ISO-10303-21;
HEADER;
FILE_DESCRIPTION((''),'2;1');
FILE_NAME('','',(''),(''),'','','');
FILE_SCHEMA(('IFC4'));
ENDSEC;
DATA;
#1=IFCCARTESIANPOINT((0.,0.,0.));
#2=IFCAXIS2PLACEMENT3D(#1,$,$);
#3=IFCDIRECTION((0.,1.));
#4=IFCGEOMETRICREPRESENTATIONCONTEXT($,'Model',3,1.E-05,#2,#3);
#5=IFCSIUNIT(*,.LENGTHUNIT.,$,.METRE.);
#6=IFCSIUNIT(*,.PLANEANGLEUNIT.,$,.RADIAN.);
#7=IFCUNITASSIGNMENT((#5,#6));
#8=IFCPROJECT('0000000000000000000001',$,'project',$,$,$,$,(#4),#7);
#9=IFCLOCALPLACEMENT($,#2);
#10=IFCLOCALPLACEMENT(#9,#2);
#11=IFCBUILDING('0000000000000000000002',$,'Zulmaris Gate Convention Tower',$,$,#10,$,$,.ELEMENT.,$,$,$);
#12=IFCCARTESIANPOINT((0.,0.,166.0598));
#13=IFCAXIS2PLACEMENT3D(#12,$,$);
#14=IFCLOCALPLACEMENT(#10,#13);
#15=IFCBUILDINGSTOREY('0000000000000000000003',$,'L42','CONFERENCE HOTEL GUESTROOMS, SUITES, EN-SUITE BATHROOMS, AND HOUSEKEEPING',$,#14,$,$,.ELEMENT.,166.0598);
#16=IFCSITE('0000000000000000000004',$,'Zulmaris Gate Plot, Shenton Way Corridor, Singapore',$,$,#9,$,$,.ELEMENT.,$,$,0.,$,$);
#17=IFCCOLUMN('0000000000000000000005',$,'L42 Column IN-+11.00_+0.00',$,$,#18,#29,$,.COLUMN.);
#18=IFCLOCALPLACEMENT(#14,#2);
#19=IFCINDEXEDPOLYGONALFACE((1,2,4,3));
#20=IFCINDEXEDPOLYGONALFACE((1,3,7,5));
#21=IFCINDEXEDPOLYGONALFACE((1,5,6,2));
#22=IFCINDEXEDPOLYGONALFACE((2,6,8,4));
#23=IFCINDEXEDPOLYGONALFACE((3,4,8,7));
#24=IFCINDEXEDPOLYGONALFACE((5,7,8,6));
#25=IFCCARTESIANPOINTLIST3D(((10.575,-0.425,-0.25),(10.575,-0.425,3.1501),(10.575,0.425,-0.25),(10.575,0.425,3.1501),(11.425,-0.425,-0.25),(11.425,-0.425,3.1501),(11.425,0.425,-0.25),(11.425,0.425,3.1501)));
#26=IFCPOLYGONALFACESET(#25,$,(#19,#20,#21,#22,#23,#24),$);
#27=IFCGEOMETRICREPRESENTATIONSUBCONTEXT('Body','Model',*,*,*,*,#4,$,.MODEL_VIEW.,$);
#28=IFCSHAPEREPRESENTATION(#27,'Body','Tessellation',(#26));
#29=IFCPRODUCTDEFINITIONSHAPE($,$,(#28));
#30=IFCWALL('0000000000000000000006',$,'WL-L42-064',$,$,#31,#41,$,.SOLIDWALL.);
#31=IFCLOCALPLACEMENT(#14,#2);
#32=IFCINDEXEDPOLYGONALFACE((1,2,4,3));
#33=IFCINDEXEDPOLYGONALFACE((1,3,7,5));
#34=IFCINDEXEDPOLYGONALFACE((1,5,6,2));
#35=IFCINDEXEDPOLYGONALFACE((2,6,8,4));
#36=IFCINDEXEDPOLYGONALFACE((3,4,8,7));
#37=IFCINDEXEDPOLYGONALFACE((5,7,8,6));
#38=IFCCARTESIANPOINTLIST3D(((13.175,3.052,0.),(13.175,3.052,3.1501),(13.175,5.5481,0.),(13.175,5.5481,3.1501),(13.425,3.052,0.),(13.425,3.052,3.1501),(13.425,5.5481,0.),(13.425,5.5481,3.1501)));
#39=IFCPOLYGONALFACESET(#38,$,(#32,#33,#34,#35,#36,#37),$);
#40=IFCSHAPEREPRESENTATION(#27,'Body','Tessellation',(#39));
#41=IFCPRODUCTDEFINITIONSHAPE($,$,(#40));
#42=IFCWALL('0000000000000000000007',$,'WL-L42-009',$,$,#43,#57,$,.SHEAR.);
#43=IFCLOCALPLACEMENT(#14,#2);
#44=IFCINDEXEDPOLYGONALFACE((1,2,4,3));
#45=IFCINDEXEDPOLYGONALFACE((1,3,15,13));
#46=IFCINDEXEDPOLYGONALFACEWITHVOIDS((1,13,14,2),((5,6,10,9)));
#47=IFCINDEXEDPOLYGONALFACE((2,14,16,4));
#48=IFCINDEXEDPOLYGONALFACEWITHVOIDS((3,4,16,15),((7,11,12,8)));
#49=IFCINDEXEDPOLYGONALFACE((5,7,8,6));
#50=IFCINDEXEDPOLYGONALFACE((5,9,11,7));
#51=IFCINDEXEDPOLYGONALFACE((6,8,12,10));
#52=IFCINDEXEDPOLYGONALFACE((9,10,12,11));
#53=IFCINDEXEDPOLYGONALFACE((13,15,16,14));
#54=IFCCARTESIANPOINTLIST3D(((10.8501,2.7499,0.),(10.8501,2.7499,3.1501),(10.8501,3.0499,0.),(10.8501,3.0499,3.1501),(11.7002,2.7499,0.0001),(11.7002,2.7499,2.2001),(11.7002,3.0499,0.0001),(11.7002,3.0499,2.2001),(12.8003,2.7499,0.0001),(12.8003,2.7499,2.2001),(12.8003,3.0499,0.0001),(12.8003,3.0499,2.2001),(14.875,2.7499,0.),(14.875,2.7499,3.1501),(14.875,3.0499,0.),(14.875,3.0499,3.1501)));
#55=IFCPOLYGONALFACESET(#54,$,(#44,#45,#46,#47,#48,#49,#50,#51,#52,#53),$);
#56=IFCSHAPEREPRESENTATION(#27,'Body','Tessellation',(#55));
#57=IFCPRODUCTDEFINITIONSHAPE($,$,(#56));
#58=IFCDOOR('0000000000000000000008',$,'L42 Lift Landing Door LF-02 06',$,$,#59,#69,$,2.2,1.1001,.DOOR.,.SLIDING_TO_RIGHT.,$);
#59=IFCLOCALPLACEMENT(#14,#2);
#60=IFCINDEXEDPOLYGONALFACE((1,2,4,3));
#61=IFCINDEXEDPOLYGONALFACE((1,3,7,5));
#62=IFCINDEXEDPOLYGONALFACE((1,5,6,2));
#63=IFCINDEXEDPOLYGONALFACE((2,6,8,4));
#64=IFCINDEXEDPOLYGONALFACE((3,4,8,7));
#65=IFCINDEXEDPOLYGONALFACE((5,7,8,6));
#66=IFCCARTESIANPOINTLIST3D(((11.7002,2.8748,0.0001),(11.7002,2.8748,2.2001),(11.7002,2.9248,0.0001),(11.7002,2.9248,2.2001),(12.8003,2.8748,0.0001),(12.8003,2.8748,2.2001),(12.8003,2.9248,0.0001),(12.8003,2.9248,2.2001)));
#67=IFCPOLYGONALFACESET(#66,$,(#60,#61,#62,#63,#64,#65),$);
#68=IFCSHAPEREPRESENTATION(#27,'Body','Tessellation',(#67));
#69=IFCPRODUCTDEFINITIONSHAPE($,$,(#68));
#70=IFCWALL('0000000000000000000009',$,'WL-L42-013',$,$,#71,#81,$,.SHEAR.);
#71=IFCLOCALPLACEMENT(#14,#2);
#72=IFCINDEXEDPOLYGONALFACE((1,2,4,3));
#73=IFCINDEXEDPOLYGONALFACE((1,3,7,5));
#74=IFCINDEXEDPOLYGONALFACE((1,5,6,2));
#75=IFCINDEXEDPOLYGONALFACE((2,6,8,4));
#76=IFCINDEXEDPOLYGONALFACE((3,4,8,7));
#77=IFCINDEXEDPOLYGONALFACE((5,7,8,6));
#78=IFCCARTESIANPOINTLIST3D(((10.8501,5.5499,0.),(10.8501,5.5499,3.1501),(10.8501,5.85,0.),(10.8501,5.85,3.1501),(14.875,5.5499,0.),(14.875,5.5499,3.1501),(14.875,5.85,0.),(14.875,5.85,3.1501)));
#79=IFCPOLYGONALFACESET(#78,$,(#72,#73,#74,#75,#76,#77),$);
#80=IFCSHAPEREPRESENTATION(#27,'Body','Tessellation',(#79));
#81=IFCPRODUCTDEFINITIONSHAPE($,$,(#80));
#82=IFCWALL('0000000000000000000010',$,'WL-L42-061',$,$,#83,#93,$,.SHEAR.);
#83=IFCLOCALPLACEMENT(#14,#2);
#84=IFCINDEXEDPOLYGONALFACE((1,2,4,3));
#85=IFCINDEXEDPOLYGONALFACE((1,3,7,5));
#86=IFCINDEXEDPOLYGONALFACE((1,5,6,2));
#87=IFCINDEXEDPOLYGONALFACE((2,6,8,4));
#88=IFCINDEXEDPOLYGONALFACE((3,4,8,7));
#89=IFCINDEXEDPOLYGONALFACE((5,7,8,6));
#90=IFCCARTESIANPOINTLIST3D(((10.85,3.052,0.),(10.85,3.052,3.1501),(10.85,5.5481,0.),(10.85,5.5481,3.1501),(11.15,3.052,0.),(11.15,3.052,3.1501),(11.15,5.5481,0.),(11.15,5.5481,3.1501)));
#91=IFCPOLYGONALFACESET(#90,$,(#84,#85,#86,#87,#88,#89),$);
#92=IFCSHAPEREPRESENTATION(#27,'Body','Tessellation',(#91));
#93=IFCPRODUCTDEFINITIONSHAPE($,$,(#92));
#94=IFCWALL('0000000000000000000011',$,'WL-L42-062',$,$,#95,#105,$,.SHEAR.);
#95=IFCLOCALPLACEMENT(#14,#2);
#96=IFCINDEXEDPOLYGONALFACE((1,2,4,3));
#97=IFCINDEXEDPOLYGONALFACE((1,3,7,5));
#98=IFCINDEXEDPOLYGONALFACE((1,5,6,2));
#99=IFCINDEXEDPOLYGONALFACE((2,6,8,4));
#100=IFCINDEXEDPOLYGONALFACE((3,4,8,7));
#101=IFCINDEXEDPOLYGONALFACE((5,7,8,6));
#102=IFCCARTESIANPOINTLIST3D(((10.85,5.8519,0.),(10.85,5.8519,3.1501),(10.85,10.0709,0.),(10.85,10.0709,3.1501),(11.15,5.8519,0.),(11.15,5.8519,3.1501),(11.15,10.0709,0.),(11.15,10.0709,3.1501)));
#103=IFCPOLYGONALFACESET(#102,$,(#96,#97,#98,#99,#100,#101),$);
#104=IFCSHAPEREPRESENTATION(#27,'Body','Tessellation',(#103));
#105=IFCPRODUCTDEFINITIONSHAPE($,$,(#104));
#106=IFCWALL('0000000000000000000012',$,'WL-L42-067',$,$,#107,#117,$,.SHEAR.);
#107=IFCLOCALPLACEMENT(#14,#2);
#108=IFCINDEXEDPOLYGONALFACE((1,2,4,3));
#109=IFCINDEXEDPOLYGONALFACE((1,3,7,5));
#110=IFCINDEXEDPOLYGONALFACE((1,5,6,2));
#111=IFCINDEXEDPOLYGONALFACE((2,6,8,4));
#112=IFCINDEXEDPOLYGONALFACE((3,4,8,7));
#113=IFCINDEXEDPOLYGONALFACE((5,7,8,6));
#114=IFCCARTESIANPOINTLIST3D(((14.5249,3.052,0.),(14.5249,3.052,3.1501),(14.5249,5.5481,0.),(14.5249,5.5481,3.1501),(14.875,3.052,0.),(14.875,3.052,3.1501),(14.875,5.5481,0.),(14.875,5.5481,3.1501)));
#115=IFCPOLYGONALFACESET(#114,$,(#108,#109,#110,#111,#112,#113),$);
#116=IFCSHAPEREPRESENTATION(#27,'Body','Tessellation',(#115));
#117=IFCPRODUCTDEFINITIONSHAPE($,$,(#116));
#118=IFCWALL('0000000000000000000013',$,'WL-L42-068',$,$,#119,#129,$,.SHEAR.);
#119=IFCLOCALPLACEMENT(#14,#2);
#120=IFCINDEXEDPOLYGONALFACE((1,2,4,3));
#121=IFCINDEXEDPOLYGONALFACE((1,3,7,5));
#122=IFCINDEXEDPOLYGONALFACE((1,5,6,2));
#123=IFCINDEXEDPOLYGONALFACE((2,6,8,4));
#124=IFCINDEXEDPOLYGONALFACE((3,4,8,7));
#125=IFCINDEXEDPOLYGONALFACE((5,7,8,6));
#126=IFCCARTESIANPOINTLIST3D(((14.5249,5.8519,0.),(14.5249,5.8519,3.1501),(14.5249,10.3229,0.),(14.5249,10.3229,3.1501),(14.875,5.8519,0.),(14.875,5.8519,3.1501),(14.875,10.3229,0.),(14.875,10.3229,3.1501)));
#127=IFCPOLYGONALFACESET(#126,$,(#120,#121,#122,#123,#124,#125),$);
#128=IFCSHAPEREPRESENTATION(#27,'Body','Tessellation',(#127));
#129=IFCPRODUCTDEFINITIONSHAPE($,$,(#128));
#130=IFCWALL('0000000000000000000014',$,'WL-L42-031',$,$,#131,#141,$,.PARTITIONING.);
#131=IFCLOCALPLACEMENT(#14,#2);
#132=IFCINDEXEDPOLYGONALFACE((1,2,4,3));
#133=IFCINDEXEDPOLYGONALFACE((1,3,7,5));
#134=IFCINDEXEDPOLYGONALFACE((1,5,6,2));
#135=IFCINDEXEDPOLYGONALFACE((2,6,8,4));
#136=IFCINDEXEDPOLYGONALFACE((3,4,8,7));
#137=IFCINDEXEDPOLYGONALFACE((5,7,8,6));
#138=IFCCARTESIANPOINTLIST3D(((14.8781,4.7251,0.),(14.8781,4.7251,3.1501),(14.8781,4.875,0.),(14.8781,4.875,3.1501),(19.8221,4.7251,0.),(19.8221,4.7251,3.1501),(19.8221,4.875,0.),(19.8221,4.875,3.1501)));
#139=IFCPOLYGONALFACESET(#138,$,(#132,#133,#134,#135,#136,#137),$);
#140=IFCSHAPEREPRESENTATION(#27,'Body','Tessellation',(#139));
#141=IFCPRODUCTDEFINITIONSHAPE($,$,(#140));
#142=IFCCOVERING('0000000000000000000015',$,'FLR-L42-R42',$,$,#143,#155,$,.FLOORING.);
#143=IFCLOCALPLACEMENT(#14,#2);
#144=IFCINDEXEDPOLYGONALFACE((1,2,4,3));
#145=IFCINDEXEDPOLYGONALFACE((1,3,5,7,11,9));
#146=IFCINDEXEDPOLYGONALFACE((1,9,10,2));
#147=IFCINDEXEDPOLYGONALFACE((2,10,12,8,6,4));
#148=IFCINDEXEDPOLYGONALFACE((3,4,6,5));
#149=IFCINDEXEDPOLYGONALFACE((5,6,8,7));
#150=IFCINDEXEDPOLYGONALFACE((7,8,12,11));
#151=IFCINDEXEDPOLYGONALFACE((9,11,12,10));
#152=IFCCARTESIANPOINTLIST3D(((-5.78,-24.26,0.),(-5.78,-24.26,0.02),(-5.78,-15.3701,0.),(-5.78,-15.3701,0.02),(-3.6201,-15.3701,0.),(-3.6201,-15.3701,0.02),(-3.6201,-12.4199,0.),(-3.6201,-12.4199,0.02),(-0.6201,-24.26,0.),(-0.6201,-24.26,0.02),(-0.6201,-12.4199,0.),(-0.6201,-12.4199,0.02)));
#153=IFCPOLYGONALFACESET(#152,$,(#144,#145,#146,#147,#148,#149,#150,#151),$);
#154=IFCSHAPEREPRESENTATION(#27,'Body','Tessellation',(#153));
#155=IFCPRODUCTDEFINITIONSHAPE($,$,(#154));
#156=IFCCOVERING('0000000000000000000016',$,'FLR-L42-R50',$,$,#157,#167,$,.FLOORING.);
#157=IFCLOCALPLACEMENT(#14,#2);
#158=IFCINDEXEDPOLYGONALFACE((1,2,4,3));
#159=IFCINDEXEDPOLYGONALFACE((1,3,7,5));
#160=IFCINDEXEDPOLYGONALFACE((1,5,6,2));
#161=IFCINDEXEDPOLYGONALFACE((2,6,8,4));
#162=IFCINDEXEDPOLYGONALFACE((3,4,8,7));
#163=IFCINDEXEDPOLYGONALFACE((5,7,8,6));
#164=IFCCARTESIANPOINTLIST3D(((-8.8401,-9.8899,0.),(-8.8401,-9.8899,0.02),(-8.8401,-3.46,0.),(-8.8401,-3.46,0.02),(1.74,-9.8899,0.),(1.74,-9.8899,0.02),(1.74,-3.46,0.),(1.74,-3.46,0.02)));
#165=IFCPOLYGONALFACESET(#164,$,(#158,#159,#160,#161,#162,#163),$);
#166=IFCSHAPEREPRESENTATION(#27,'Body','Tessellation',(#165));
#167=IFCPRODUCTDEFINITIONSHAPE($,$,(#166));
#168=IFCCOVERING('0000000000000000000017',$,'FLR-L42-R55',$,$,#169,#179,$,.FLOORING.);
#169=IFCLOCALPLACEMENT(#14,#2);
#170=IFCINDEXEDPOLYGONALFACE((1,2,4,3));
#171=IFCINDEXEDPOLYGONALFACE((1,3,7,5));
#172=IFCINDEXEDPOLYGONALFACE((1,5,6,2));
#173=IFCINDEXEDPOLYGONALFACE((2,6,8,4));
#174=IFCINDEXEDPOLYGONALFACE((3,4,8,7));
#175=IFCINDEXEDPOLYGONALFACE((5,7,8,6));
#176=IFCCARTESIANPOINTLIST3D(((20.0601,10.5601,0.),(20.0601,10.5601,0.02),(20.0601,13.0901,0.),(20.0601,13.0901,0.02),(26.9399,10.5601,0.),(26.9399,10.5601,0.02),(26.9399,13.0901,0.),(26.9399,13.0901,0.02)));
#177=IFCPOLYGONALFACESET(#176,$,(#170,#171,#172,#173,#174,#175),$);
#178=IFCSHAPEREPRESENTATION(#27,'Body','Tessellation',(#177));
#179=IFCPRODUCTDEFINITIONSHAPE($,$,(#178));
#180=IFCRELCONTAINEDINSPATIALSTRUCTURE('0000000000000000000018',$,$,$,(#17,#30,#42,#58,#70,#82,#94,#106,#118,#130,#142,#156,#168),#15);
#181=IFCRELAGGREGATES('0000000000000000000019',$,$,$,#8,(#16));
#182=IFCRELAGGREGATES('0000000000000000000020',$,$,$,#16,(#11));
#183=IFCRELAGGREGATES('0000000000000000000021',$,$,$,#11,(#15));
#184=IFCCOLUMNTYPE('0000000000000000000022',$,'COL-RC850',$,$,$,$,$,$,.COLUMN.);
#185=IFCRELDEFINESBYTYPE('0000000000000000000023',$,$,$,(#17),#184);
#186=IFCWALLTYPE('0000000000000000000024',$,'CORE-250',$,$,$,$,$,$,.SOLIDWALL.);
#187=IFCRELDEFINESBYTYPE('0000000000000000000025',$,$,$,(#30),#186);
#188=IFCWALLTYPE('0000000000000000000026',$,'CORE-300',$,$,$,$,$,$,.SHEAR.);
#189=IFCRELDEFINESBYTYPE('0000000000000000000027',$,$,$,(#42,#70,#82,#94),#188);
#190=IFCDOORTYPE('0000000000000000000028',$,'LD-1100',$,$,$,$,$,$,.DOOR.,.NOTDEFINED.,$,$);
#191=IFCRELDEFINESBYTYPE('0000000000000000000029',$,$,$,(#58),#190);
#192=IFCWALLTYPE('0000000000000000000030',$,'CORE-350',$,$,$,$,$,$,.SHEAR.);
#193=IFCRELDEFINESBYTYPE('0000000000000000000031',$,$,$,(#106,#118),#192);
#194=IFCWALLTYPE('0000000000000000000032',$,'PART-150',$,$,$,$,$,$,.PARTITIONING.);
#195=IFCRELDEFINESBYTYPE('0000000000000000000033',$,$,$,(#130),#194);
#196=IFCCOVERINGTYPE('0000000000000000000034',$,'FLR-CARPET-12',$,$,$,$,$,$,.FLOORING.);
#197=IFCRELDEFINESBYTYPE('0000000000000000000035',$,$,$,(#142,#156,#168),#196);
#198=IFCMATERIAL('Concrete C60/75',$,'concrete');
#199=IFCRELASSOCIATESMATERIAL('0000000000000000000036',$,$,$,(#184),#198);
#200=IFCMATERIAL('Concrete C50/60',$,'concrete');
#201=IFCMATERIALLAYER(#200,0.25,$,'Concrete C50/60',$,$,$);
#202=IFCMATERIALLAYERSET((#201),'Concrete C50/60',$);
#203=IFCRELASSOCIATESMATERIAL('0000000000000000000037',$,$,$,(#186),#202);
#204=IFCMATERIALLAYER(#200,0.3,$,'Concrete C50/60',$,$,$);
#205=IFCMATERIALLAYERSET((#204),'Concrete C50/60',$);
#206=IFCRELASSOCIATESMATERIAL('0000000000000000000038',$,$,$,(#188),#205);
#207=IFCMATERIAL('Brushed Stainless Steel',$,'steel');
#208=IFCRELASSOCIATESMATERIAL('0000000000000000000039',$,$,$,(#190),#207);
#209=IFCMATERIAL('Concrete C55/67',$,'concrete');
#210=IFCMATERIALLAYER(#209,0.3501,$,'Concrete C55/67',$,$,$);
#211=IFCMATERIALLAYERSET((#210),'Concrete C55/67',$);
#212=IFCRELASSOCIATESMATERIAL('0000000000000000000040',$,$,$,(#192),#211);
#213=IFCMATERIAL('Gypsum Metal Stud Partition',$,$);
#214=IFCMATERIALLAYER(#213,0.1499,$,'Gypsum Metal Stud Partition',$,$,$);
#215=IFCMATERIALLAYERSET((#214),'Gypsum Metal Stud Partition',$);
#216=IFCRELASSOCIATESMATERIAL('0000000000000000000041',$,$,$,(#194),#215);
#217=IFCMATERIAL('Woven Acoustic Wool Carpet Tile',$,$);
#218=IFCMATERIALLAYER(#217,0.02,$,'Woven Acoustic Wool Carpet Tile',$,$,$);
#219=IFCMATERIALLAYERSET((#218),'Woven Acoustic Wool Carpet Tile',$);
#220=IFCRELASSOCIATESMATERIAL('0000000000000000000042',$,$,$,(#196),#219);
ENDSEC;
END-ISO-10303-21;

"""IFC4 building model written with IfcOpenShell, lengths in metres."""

from ifc_helpers import new_model, si_unit, direction, frame, frame_2d, origin, origin_2d, place, context, subcontext, project, spatial, polyline, rectangle, outline, extrude, material, layer, layer_set, material_profile, profile_set, type_object, element, fill, save


model = new_model("IFC4")

# Units and contexts
model_context = context("Model", 3, precision=1e-05, world=origin(), true_north=direction((0.0, 1.0)))
body_context = subcontext(model_context, "Body", "Model", "MODEL_VIEW")
ifc_project = project(units=[si_unit("LENGTHUNIT", "METRE"), si_unit("PLANEANGLEUNIT", "RADIAN")], contexts=[model_context])

# Site, building, storey
site_placement = place(None, origin())
site = spatial("IfcSite", under=ifc_project, at=site_placement, Name="Zulmaris Gate Plot, Shenton Way Corridor, Singapore", CompositionType="ELEMENT", RefElevation=0.0)
building_placement = place(site_placement, origin())
building = spatial("IfcBuilding", under=site, at=building_placement, Name="Zulmaris Gate Convention Tower", CompositionType="ELEMENT")
storey_placement = place(building_placement, frame((0.0, 0.0, 166.0598)))
storey = spatial("IfcBuildingStorey", under=building, at=storey_placement, Name="L42", Description="CONFERENCE HOTEL GUESTROOMS, SUITES, EN-SUITE BATHROOMS, AND HOUSEKEEPING", CompositionType="ELEMENT", Elevation=166.0598)

# Column
ifc_material_1 = material(Name="Concrete C60/75", Category="concrete")
ifc_material_profile = material_profile(ifc_material_1, rectangle(XDim=0.8501, YDim=0.8501, at=origin_2d()), Name="RC COL 850x850")
ifc_profile_set = profile_set([ifc_material_profile], Name="Concrete C60/75")
column_type = type_object("IfcColumnType", Name="COL-RC850", PredefinedType="COLUMN", material=ifc_profile_set)
column_placement = place(storey_placement, frame((11.0, 0.0, -0.25), z_axis=(0.0, 0.0, 1.0), x_axis=(1.0, 0.0, 0.0)))
element("IfcColumn", 1, at=column_placement, inside=storey, type_object=column_type, Name="L42 Column IN-+11.00_+0.00", PredefinedType="COLUMN", context=body_context, shape_type="SweptSolid", body=[
    extrude(rectangle(XDim=0.8501, YDim=0.8501, at=origin_2d()), origin(), (0.0, 0.0, 1.0), 3.4001),
])

# Wall
ifc_material_2 = material(Name="Concrete C50/60", Category="concrete")
ifc_layer_1 = layer(ifc_material_2, 0.25, Name="Concrete C50/60")
ifc_layer_set_1 = layer_set([ifc_layer_1], Name="Concrete C50/60")
wall_type_1 = type_object("IfcWallType", Name="CORE-250", PredefinedType="SOLIDWALL", material=ifc_layer_set_1)
wall_1_placement = place(storey_placement, frame((13.3, 3.052, 0.0), z_axis=(0.0, 0.0, 1.0), x_axis=(0.0, 1.0, 0.0)))
element("IfcWall", 2, at=wall_1_placement, inside=storey, type_object=wall_type_1, Name="WL-L42-064", PredefinedType="SOLIDWALL", context=body_context, shape_type="SweptSolid", body=[
    extrude(rectangle(XDim=2.4961, YDim=0.25, at=frame_2d((1.248, 0.0))), origin(), (0.0, 0.0, 1.0), 3.1501),
])

# Wall, opening, door
ifc_layer_2 = layer(ifc_material_2, 0.3, Name="Concrete C50/60")
ifc_layer_set_2 = layer_set([ifc_layer_2], Name="Concrete C50/60")
wall_type_2 = type_object("IfcWallType", Name="CORE-300", PredefinedType="SHEAR", material=ifc_layer_set_2)
wall_2_placement = place(storey_placement, frame((10.8501, 2.8999, 0.0), z_axis=(0.0, 0.0, 1.0), x_axis=(1.0, 0.0, 0.0)))
wall_2 = element("IfcWall", 3, at=wall_2_placement, inside=storey, type_object=wall_type_2, Name="WL-L42-009", PredefinedType="SHEAR", context=body_context, shape_type="SweptSolid", body=[
    extrude(rectangle(XDim=4.0249, YDim=0.3, at=frame_2d((2.0125, 0.0))), origin(), (0.0, 0.0, 1.0), 3.1501),
])
opening_1_placement = place(wall_2_placement, frame((0.8501, 0.0, 0.0)))
opening_1 = element("IfcOpeningElement", 4, at=opening_1_placement, cuts=wall_2, PredefinedType="OPENING", context=body_context, shape_type="SweptSolid", body=[
    extrude(rectangle(XDim=1.1001, YDim=2.2, at=frame_2d((0.55, 1.1001))), frame((0.0, 0.1602, 0.0), z_axis=(0.0, -1.0, 0.0), x_axis=(1.0, 0.0, 0.0)), (0.0, 0.0, 1.0), 0.3201),
])
ifc_material_3 = material(Name="Brushed Stainless Steel", Category="steel")
door_type_1 = type_object("IfcDoorType", Name="LD-1100", OperationType="NOTDEFINED", PredefinedType="DOOR", material=ifc_material_3)
door_1_placement = place(opening_1_placement, origin())
door_1 = element("IfcDoor", 5, at=door_1_placement, inside=storey, type_object=door_type_1, Name="L42 Lift Landing Door LF-02 06", OperationType="SLIDING_TO_RIGHT", OverallHeight=2.2, OverallWidth=1.1001, PredefinedType="DOOR", context=body_context, shape_type="SweptSolid", body=[
    extrude(rectangle(XDim=1.1001, YDim=2.2, at=frame_2d((0.55, 1.1001))), frame((0.0, 0.0249, 0.0), z_axis=(0.0, -1.0, 0.0), x_axis=(1.0, 0.0, 0.0)), (0.0, 0.0, 1.0), 0.05),
])
fill(opening_1, door_1)

# Wall
wall_3_placement = place(storey_placement, frame((10.8501, 5.7, 0.0), z_axis=(0.0, 0.0, 1.0), x_axis=(1.0, 0.0, 0.0)))
element("IfcWall", 6, at=wall_3_placement, inside=storey, type_object=wall_type_2, Name="WL-L42-013", PredefinedType="SHEAR", context=body_context, shape_type="SweptSolid", body=[
    extrude(rectangle(XDim=4.0249, YDim=0.3, at=frame_2d((2.0125, 0.0))), origin(), (0.0, 0.0, 1.0), 3.1501),
])

# Walls
wall_4_placement = place(storey_placement, frame((11.0, 3.052, 0.0), z_axis=(0.0, 0.0, 1.0), x_axis=(0.0, 1.0, 0.0)))
element("IfcWall", 7, at=wall_4_placement, inside=storey, type_object=wall_type_2, Name="WL-L42-061", PredefinedType="SHEAR", context=body_context, shape_type="SweptSolid", body=[
    extrude(rectangle(XDim=2.4961, YDim=0.3, at=frame_2d((1.248, 0.0))), origin(), (0.0, 0.0, 1.0), 3.1501),
])
wall_5_placement = place(storey_placement, frame((11.0, 5.8521, 0.0), z_axis=(0.0, 0.0, 1.0), x_axis=(0.0, 1.0, 0.0)))
element("IfcWall", 8, at=wall_5_placement, inside=storey, type_object=wall_type_2, Name="WL-L42-062", PredefinedType="SHEAR", context=body_context, shape_type="SweptSolid", body=[
    extrude(rectangle(XDim=4.219, YDim=0.3, at=frame_2d((2.1094, 0.0))), origin(), (0.0, 0.0, 1.0), 3.1501),
])
ifc_material_4 = material(Name="Concrete C55/67", Category="concrete")
ifc_layer_3 = layer(ifc_material_4, 0.3501, Name="Concrete C55/67")
ifc_layer_set_3 = layer_set([ifc_layer_3], Name="Concrete C55/67")
wall_type_3 = type_object("IfcWallType", Name="CORE-350", PredefinedType="SHEAR", material=ifc_layer_set_3)
wall_6_placement = place(storey_placement, frame((14.7, 3.052, 0.0), z_axis=(0.0, 0.0, 1.0), x_axis=(0.0, 1.0, 0.0)))
element("IfcWall", 9, at=wall_6_placement, inside=storey, type_object=wall_type_3, Name="WL-L42-067", PredefinedType="SHEAR", context=body_context, shape_type="SweptSolid", body=[
    extrude(rectangle(XDim=2.4961, YDim=0.3501, at=frame_2d((1.248, 0.0))), origin(), (0.0, 0.0, 1.0), 3.1501),
])
wall_7_placement = place(storey_placement, frame((14.7, 5.8521, 0.0), z_axis=(0.0, 0.0, 1.0), x_axis=(0.0, 1.0, 0.0)))
element("IfcWall", 10, at=wall_7_placement, inside=storey, type_object=wall_type_3, Name="WL-L42-068", PredefinedType="SHEAR", context=body_context, shape_type="SweptSolid", body=[
    extrude(rectangle(XDim=4.4709, YDim=0.3501, at=frame_2d((2.2354, 0.0))), origin(), (0.0, 0.0, 1.0), 3.1501),
])
ifc_material_5 = material(Name="Gypsum Metal Stud Partition")
ifc_layer_4 = layer(ifc_material_5, 0.1499, Name="Gypsum Metal Stud Partition")
ifc_layer_set_4 = layer_set([ifc_layer_4], Name="Gypsum Metal Stud Partition")
wall_type_4 = type_object("IfcWallType", Name="PART-150", PredefinedType="PARTITIONING", material=ifc_layer_set_4)
wall_8_placement = place(storey_placement, frame((14.8779, 4.8, 0.0), z_axis=(0.0, 0.0, 1.0), x_axis=(1.0, 0.0, 0.0)))
element("IfcWall", 11, at=wall_8_placement, inside=storey, type_object=wall_type_4, Name="WL-L42-031", PredefinedType="PARTITIONING", context=body_context, shape_type="SweptSolid", body=[
    extrude(rectangle(XDim=4.9441, YDim=0.1499, at=frame_2d((2.4722, 0.0))), origin(), (0.0, 0.0, 1.0), 3.1501),
])

# Coverings
ifc_material_6 = material(Name="Woven Acoustic Wool Carpet Tile")
ifc_layer_5 = layer(ifc_material_6, 0.02, Name="Woven Acoustic Wool Carpet Tile")
ifc_layer_set_5 = layer_set([ifc_layer_5], Name="Woven Acoustic Wool Carpet Tile")
covering_type_1 = type_object("IfcCoveringType", Name="FLR-CARPET-12", PredefinedType="FLOORING", material=ifc_layer_set_5)
covering_1_placement = place(storey_placement, origin())
element("IfcCovering", 12, at=covering_1_placement, inside=storey, type_object=covering_type_1, Name="FLR-L42-R42", PredefinedType="FLOORING", context=body_context, shape_type="SweptSolid", body=[
    extrude(outline(polyline([(-5.78, -24.26), (-0.6201, -24.26), (-0.6201, -12.4199), (-3.6201, -12.4199), (-3.6201, -15.3701), (-5.78, -15.3701), (-5.78, -24.26)])), origin(), (0.0, 0.0, 1.0), 0.02),
])
covering_2_placement = place(storey_placement, origin())
element("IfcCovering", 13, at=covering_2_placement, inside=storey, type_object=covering_type_1, Name="FLR-L42-R50", PredefinedType="FLOORING", context=body_context, shape_type="SweptSolid", body=[
    extrude(outline(polyline([(-8.8401, -9.8899), (1.74, -9.8899), (1.74, -3.46), (-8.8401, -3.46), (-8.8401, -9.8899)])), origin(), (0.0, 0.0, 1.0), 0.02),
])
covering_3_placement = place(storey_placement, origin())
element("IfcCovering", 14, at=covering_3_placement, inside=storey, type_object=covering_type_1, Name="FLR-L42-R55", PredefinedType="FLOORING", context=body_context, shape_type="SweptSolid", body=[
    extrude(outline(polyline([(20.0601, 10.5601), (26.9399, 10.5601), (26.9399, 13.0901), (20.0601, 13.0901), (20.0601, 10.5601)])), origin(), (0.0, 0.0, 1.0), 0.02),
])

save(model, "model.ifc")
